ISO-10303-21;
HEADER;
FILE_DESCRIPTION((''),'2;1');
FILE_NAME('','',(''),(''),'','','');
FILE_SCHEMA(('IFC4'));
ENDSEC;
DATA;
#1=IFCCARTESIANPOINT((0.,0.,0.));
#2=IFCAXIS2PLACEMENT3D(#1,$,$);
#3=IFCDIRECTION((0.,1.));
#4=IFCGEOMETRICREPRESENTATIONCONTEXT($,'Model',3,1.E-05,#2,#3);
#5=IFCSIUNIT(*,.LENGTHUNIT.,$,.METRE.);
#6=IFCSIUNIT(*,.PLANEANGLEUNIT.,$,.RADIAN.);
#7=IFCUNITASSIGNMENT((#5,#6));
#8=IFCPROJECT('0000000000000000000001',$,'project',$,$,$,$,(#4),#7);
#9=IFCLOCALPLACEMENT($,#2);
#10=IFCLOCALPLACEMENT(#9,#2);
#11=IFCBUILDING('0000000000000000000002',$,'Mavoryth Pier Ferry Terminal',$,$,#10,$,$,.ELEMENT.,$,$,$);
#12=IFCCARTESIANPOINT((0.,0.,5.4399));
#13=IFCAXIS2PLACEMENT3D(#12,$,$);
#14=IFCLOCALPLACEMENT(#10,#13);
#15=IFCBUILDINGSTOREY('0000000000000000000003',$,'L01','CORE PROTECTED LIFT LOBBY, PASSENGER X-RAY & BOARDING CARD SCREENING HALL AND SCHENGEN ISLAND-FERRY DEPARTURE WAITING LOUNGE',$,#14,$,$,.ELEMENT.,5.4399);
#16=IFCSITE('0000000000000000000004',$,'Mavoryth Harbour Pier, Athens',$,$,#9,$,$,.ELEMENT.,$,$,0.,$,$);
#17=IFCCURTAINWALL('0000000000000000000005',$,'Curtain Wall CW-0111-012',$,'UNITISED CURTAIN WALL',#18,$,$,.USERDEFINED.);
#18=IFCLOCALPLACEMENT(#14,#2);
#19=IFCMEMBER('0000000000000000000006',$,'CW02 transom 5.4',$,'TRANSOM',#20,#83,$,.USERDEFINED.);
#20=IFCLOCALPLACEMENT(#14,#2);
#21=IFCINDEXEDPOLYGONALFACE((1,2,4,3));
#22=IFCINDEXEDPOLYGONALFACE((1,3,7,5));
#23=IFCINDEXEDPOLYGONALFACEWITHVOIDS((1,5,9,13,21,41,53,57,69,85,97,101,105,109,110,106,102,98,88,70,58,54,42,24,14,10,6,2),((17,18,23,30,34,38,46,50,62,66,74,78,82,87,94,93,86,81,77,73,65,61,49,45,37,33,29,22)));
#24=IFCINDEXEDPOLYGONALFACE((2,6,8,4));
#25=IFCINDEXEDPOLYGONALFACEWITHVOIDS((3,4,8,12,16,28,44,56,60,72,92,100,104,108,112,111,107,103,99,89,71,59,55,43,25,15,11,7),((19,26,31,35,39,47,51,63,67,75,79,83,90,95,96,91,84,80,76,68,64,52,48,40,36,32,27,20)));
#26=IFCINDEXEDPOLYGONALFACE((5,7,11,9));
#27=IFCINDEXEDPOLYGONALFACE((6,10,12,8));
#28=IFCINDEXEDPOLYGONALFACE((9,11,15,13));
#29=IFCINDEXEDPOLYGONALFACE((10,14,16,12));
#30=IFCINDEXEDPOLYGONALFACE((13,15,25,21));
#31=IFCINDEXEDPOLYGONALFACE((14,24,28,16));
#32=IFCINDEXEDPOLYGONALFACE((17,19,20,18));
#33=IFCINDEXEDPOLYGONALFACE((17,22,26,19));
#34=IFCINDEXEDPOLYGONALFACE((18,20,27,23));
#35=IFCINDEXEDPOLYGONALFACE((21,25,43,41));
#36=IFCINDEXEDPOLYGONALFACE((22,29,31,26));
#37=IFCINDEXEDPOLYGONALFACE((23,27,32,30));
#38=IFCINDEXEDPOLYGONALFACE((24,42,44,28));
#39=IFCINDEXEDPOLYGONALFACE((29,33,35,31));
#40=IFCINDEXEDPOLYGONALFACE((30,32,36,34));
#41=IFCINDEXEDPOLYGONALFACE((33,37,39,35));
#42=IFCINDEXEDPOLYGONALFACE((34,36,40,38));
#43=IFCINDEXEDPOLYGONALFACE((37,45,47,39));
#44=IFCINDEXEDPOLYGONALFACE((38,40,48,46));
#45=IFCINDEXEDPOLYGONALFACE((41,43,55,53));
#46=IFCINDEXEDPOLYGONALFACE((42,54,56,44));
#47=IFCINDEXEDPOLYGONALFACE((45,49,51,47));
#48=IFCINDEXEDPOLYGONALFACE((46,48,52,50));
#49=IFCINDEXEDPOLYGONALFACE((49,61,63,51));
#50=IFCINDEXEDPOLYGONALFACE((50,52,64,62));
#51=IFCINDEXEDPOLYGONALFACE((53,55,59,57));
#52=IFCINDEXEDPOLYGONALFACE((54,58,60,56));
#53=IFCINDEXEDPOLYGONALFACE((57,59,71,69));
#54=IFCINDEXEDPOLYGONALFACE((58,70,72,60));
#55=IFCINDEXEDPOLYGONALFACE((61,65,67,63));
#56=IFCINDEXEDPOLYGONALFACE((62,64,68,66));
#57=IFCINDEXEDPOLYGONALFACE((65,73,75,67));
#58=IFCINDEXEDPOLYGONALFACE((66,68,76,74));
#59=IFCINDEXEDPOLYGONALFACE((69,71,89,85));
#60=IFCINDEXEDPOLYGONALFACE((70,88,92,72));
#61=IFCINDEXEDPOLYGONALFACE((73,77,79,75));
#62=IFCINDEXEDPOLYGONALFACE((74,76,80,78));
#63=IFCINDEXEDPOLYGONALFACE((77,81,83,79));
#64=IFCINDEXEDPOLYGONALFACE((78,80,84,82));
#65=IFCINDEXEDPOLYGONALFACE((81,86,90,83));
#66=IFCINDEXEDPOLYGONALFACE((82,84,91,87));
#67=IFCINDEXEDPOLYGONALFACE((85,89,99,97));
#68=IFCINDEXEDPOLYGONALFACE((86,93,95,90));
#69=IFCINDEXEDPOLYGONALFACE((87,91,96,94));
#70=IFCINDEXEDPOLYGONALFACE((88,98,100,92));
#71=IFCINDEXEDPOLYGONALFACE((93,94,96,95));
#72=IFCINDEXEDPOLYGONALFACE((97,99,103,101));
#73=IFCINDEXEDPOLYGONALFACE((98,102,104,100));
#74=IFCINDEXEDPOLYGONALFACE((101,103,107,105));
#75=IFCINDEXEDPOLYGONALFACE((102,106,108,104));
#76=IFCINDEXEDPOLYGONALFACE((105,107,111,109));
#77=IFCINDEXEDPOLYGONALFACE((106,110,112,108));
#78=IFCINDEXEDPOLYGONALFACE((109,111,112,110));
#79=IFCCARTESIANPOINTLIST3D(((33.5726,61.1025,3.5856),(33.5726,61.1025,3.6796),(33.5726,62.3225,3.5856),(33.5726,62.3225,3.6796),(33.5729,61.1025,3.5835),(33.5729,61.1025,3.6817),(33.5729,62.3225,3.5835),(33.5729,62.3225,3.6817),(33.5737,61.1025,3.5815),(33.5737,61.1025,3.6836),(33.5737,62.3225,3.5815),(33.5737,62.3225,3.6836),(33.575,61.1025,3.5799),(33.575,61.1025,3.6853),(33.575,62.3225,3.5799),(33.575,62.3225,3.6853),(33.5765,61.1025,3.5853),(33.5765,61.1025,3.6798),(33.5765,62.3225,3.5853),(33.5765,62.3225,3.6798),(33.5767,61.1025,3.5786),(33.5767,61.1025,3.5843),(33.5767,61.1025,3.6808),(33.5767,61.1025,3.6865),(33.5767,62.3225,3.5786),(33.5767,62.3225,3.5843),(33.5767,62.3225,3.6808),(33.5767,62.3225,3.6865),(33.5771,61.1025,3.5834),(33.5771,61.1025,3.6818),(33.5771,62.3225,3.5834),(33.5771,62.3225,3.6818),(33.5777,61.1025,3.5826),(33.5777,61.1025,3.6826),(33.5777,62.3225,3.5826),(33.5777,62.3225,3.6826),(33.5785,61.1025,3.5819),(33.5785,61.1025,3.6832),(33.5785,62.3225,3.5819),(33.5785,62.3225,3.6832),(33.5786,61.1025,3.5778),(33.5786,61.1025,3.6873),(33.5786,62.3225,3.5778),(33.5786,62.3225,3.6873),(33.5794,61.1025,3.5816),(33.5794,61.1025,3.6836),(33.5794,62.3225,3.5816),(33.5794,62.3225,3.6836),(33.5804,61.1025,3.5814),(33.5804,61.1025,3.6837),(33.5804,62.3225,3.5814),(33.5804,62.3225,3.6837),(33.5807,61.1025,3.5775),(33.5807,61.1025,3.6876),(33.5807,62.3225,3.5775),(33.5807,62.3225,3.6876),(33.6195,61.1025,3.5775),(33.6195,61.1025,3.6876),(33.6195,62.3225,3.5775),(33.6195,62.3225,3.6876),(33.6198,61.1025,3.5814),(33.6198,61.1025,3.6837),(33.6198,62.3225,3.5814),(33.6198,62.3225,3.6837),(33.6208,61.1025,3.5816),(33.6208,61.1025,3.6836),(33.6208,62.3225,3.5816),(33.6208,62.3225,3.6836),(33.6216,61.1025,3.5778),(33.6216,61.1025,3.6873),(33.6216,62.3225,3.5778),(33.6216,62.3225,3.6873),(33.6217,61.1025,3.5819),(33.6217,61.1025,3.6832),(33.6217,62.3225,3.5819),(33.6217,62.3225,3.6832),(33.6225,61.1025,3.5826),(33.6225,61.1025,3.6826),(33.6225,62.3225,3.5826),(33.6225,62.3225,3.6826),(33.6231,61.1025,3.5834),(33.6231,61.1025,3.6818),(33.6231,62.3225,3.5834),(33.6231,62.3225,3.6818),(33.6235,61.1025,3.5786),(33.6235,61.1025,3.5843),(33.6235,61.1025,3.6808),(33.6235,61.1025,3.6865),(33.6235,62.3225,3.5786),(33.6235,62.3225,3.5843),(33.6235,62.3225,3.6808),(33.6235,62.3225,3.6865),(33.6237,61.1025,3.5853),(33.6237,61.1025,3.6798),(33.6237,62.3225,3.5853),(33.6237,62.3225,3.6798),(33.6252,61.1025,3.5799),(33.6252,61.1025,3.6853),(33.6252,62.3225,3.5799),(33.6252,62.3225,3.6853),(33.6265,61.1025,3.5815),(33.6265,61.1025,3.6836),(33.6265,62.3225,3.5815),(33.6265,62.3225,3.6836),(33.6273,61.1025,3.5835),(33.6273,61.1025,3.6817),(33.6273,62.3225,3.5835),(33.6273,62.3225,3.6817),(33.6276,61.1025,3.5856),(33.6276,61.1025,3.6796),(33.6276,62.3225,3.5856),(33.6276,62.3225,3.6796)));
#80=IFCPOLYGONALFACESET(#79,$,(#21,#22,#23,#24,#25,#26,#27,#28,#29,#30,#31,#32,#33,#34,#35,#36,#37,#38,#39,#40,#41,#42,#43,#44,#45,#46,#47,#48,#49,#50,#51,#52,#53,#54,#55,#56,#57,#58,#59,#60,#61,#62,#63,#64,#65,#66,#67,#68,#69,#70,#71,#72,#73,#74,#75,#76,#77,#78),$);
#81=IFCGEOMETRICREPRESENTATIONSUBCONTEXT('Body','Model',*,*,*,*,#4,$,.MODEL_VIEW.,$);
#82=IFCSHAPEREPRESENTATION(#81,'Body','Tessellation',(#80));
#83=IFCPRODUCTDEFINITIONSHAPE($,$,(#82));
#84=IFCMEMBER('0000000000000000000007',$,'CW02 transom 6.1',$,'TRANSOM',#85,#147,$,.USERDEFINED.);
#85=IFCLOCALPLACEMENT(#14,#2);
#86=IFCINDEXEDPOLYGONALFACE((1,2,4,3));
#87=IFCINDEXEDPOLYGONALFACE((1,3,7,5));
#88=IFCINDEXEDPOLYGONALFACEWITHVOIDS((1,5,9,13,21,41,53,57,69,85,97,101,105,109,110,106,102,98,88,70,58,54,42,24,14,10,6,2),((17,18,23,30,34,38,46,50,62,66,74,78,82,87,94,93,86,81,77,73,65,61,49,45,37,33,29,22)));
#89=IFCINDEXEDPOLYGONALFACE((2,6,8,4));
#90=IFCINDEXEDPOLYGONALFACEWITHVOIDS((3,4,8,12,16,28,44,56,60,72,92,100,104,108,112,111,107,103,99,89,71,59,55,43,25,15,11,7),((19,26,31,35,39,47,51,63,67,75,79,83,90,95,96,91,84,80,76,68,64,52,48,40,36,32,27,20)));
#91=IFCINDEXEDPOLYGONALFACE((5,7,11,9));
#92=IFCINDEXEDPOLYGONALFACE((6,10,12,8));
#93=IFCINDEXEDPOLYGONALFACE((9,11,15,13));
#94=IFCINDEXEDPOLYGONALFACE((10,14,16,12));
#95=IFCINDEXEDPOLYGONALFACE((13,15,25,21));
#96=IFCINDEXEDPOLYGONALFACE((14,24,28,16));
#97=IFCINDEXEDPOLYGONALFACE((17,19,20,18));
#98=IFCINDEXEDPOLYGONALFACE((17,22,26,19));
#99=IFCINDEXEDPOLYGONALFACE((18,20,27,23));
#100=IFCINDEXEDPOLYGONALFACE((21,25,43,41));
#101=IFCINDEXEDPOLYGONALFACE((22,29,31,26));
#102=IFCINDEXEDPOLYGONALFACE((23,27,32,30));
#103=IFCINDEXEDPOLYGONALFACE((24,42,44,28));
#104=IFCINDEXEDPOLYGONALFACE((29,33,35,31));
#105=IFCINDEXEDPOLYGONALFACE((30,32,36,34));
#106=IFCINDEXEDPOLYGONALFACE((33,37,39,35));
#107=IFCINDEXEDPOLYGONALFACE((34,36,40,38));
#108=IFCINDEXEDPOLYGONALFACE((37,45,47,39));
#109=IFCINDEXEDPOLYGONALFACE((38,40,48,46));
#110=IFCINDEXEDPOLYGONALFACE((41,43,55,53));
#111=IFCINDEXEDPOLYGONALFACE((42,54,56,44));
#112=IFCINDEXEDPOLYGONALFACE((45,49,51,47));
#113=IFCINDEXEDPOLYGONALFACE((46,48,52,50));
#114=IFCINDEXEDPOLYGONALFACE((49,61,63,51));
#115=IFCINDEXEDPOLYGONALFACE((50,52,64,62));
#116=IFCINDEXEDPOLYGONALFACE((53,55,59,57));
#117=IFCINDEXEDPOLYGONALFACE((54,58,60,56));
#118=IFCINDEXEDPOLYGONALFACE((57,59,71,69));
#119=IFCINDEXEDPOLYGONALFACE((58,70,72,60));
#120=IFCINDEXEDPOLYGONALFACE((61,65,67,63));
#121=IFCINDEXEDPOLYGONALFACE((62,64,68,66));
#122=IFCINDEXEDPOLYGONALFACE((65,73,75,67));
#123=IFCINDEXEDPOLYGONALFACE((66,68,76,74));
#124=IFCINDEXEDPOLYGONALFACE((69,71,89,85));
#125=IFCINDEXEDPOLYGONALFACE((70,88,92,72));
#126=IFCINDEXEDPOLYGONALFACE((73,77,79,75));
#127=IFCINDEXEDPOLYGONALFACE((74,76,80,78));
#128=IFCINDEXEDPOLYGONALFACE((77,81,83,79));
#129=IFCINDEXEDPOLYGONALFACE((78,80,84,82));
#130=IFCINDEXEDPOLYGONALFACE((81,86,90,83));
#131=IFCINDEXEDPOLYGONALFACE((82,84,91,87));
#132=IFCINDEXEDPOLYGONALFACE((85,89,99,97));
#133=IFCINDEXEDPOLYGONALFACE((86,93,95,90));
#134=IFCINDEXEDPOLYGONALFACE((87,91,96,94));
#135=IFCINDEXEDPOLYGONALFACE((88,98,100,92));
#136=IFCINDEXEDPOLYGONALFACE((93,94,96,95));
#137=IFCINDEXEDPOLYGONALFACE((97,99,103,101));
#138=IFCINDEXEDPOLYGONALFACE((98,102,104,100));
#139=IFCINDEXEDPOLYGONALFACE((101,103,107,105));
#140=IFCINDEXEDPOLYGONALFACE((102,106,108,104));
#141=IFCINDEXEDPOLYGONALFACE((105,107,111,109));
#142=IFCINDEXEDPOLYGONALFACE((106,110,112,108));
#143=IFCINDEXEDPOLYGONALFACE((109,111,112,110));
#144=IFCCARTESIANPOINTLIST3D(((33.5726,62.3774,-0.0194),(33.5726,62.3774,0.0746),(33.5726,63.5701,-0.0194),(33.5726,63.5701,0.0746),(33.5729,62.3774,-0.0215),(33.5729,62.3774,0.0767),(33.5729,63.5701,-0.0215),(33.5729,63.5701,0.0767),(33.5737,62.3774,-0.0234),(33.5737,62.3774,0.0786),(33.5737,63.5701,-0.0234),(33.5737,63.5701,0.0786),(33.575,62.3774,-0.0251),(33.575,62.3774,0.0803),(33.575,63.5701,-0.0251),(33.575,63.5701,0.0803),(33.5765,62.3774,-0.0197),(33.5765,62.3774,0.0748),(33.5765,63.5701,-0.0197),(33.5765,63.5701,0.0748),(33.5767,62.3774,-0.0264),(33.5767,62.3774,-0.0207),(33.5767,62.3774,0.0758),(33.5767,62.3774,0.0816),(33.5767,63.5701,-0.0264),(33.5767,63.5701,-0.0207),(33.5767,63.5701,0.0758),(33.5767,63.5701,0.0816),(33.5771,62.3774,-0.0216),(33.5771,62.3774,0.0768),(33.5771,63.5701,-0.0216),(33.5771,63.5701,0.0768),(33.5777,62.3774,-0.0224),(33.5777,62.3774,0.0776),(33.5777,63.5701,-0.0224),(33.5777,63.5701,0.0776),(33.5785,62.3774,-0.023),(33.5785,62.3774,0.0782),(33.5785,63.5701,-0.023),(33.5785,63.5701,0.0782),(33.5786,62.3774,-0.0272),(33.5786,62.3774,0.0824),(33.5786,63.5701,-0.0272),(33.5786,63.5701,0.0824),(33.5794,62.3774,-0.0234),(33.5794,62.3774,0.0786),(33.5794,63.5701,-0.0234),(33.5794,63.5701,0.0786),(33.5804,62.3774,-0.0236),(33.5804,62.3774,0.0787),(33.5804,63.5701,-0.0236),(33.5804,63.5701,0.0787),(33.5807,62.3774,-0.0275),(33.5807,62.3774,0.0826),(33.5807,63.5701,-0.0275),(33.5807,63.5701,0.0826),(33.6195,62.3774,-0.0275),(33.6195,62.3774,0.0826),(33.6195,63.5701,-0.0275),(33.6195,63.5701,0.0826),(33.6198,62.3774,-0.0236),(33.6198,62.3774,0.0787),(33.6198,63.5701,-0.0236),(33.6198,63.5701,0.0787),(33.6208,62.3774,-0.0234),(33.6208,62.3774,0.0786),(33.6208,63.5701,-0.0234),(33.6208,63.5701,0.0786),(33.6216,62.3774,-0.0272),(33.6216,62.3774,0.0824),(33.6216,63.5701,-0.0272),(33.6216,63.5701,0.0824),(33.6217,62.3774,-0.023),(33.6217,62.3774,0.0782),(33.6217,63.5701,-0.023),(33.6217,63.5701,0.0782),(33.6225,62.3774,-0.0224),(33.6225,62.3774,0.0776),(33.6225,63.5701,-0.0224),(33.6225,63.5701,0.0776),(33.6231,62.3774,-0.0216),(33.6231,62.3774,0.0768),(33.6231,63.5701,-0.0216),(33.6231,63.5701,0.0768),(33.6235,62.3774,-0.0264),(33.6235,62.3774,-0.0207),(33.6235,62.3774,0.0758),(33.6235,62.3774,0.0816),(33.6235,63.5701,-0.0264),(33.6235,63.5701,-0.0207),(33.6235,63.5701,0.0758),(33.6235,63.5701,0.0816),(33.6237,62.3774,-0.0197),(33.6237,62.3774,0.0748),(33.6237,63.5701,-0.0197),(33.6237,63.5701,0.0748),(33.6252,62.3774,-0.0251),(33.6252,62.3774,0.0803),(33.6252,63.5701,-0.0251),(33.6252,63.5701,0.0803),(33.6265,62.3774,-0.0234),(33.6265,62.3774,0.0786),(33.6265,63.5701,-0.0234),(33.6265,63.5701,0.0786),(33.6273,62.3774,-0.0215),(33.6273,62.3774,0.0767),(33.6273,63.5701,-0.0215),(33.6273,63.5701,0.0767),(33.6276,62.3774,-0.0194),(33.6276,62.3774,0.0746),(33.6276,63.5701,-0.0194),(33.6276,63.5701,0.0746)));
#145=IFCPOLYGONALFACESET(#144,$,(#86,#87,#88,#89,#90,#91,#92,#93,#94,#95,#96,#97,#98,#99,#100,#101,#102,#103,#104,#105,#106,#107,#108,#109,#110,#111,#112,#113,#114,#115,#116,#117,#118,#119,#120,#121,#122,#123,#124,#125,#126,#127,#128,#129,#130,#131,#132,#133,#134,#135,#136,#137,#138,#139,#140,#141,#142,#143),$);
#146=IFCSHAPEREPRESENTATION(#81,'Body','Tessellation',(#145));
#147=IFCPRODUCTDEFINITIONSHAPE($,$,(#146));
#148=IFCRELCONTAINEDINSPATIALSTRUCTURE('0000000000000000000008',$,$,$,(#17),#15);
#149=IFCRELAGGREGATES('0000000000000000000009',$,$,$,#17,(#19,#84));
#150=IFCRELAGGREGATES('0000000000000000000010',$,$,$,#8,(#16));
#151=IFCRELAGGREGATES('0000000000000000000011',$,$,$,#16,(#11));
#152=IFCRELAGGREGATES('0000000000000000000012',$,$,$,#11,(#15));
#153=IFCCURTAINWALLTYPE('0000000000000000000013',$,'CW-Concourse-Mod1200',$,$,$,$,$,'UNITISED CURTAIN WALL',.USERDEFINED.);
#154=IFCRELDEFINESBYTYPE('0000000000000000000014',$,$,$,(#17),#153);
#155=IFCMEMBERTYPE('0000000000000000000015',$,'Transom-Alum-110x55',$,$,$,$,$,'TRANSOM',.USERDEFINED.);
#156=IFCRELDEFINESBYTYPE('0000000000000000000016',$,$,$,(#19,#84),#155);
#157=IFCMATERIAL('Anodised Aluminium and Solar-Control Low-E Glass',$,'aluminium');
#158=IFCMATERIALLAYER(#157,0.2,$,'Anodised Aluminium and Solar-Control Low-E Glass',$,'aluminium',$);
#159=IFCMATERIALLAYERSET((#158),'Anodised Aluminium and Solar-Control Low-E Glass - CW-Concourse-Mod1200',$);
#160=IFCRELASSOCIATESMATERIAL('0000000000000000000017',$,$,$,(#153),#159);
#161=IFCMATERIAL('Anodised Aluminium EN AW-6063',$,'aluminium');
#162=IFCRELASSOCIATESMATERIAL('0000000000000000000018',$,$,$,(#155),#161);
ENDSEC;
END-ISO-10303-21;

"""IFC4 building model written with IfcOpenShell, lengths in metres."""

from ifc_helpers import new_model, si_unit, direction, frame, origin, origin_2d, place, context, subcontext, project, spatial, hollow_rectangle, extrude, material, layer, layer_set, material_profile, profile_set, type_object, element, aggregate, save


model = new_model("IFC4")

# Units and contexts
model_context = context("Model", 3, precision=1e-05, world=origin(), true_north=direction((0.0, 1.0)))
body_context = subcontext(model_context, "Body", "Model", "MODEL_VIEW")
ifc_project = project(units=[si_unit("LENGTHUNIT", "METRE"), si_unit("PLANEANGLEUNIT", "RADIAN")], contexts=[model_context])

# Site, building, storey
site_placement = place(None, origin())
site = spatial("IfcSite", under=ifc_project, at=site_placement, Name="Mavoryth Harbour Pier, Athens", CompositionType="ELEMENT", RefElevation=0.0)
building_placement = place(site_placement, origin())
building = spatial("IfcBuilding", under=site, at=building_placement, Name="Mavoryth Pier Ferry Terminal", CompositionType="ELEMENT")
storey_placement = place(building_placement, frame((0.0, 0.0, 5.4399)))
storey = spatial("IfcBuildingStorey", under=building, at=storey_placement, Name="L01", Description="CORE PROTECTED LIFT LOBBY, PASSENGER X-RAY & BOARDING CARD SCREENING HALL AND SCHENGEN ISLAND-FERRY DEPARTURE WAITING LOUNGE", CompositionType="ELEMENT", Elevation=5.4399)

# Curtain wall
ifc_material_1 = material(Name="Anodised Aluminium and Solar-Control Low-E Glass", Category="aluminium")
ifc_layer_1 = layer(ifc_material_1, 0.2, Name="Anodised Aluminium and Solar-Control Low-E Glass", Category="aluminium")
ifc_layer_set_1 = layer_set([ifc_layer_1], Name="Anodised Aluminium and Solar-Control Low-E Glass - CW-Concourse-Mod1200")
curtain_wall_type = type_object("IfcCurtainWallType", Name="CW-Concourse-Mod1200", ElementType="UNITISED CURTAIN WALL", PredefinedType="USERDEFINED", material=ifc_layer_set_1)
curtain_wall_1_placement = place(storey_placement, origin())
curtain_wall_1 = element("IfcCurtainWall", 1, at=curtain_wall_1_placement, inside=storey, type_object=curtain_wall_type, Name="Curtain Wall CW-0111-012", ObjectType="UNITISED CURTAIN WALL", PredefinedType="USERDEFINED")
ifc_material_2 = material(Name="Anodised Aluminium EN AW-6063", Category="aluminium")

# Members
ifc_material_profile_1 = material_profile(ifc_material_2, hollow_rectangle(XDim=0.0549, YDim=0.1101, WallThickness=0.0039, InnerFilletRadius=0.0039, OuterFilletRadius=0.0081, at=origin_2d()), Name="AL-TRAN 110x55x4", Category="aluminium")
ifc_profile_set_1 = profile_set([ifc_material_profile_1], Name="Anodised Aluminium EN AW-6063 - AL-TRAN 110x55x4")
member_type_1 = type_object("IfcMemberType", Name="Transom-Alum-110x55", ElementType="TRANSOM", PredefinedType="USERDEFINED", material=ifc_profile_set_1)
member_1_placement = place(storey_placement, frame((33.6001, 61.1025, 3.6326), z_axis=(0.0, 1.0, 0.0), x_axis=(-1.0, 0.0, 0.0)))
member_1 = element("IfcMember", 2, at=member_1_placement, type_object=member_type_1, Name="CW02 transom 5.4", ObjectType="TRANSOM", PredefinedType="USERDEFINED", context=body_context, shape_type="SweptSolid", body=[
    extrude(hollow_rectangle(XDim=0.0549, YDim=0.1101, WallThickness=0.0039, InnerFilletRadius=0.0039, OuterFilletRadius=0.0081, at=origin_2d()), origin(), (0.0, 0.0, 1.0), 1.22),
])
member_2_placement = place(storey_placement, frame((33.6001, 62.3774, 0.0276), z_axis=(0.0, 1.0, 0.0), x_axis=(-1.0, 0.0, 0.0)))
member_2 = element("IfcMember", 3, at=member_2_placement, type_object=member_type_1, Name="CW02 transom 6.1", ObjectType="TRANSOM", PredefinedType="USERDEFINED", context=body_context, shape_type="SweptSolid", body=[
    extrude(hollow_rectangle(XDim=0.0549, YDim=0.1101, WallThickness=0.0039, InnerFilletRadius=0.0039, OuterFilletRadius=0.0081, at=origin_2d()), origin(), (0.0, 0.0, 1.0), 1.1926),
])

aggregate(curtain_wall_1, [member_1, member_2])

save(model, "model.ifc")
